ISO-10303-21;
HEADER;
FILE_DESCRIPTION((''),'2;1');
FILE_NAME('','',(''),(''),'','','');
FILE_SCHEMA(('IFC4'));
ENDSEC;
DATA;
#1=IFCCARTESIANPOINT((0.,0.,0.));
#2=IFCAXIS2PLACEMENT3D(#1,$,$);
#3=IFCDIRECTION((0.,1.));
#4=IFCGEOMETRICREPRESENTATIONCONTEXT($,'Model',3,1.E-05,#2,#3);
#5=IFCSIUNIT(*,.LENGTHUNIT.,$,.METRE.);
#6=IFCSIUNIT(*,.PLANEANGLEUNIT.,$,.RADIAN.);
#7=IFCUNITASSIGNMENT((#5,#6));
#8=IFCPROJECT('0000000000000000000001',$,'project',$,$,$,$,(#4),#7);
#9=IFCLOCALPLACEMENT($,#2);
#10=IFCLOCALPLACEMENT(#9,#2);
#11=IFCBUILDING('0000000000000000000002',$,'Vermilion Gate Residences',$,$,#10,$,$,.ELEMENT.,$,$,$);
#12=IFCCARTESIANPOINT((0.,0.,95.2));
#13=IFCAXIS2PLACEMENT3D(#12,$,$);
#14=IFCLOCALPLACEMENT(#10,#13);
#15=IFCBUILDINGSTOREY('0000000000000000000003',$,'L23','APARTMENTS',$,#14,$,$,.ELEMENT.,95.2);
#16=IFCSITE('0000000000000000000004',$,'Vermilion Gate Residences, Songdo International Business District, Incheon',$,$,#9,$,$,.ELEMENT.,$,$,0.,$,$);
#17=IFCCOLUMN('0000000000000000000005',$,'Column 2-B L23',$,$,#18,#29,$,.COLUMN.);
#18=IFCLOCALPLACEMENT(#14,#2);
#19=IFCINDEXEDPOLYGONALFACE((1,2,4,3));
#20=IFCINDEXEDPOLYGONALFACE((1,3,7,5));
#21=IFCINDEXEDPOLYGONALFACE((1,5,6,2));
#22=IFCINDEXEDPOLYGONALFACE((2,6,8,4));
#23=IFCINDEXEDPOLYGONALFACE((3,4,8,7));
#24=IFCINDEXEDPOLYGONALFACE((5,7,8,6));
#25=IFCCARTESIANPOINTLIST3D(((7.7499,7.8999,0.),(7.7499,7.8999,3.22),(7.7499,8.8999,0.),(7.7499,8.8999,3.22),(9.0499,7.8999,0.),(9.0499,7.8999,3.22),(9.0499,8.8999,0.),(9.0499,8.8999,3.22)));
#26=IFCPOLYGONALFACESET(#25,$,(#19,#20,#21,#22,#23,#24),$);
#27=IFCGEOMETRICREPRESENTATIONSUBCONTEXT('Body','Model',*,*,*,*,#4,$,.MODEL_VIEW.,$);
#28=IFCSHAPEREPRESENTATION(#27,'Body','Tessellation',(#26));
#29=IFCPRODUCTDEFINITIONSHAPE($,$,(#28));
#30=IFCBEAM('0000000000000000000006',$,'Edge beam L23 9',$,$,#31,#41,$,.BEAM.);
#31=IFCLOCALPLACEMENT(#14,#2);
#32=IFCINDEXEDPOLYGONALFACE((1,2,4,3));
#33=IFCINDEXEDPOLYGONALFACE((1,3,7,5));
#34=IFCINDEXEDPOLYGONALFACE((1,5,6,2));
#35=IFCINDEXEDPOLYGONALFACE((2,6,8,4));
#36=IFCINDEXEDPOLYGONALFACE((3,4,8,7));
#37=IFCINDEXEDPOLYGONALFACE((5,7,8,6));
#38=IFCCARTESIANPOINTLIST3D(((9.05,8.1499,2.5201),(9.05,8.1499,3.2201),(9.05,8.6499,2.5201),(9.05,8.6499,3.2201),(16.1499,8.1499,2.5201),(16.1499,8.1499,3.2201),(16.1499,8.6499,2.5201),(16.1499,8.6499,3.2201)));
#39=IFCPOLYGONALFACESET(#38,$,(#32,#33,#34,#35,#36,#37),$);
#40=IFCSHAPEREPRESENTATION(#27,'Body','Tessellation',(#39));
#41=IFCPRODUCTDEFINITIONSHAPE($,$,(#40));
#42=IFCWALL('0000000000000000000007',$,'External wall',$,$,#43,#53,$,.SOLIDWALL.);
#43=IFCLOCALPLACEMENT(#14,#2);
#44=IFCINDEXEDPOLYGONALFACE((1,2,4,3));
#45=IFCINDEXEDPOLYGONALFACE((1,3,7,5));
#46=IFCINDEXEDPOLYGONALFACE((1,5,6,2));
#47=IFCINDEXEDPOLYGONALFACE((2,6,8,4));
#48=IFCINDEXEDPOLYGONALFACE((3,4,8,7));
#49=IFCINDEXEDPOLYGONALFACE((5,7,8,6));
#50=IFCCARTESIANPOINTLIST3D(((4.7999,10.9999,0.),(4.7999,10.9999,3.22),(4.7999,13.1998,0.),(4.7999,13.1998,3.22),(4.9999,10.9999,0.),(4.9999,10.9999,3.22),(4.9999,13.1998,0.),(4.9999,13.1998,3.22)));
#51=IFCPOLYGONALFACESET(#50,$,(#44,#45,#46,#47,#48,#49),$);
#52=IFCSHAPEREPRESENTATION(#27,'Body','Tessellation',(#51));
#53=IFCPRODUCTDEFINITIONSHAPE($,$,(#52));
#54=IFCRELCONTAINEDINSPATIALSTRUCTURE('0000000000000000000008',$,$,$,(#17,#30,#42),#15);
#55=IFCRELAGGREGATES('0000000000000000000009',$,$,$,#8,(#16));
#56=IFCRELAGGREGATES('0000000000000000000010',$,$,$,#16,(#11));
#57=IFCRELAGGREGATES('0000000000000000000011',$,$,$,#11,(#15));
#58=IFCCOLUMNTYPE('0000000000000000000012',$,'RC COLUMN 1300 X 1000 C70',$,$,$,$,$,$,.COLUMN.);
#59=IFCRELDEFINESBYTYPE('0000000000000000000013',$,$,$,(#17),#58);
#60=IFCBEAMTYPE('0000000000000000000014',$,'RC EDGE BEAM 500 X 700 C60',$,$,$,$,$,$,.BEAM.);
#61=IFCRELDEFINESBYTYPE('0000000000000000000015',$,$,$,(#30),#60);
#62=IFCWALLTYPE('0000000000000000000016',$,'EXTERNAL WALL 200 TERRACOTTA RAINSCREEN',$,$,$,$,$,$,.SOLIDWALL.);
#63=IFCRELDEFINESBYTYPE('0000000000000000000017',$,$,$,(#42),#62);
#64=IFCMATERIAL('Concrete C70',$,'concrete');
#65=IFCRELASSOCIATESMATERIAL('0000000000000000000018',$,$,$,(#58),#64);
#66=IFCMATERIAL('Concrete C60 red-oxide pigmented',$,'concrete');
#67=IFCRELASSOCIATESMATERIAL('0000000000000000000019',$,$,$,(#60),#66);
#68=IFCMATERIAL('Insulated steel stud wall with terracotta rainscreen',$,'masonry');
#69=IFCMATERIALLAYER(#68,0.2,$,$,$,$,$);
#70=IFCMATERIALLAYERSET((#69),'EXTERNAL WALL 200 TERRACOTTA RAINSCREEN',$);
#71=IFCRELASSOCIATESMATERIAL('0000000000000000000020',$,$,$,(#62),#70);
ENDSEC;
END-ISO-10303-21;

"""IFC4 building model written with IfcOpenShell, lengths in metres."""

from ifc_helpers import new_model, si_unit, direction, frame, frame_2d, origin, origin_2d, place, context, subcontext, project, spatial, rectangle, extrude, material, layer, layer_set, material_profile, profile_set, type_object, element, save


model = new_model("IFC4")

# Units and contexts
model_context = context("Model", 3, precision=1e-05, world=origin(), true_north=direction((0.0, 1.0)))
body_context = subcontext(model_context, "Body", "Model", "MODEL_VIEW")
ifc_project = project(units=[si_unit("LENGTHUNIT", "METRE"), si_unit("PLANEANGLEUNIT", "RADIAN")], contexts=[model_context])

# Site, building, storey
site_placement = place(None, origin())
site = spatial("IfcSite", under=ifc_project, at=site_placement, Name="Vermilion Gate Residences, Songdo International Business District, Incheon", CompositionType="ELEMENT", RefElevation=0.0)
building_placement = place(site_placement, origin())
building = spatial("IfcBuilding", under=site, at=building_placement, Name="Vermilion Gate Residences", CompositionType="ELEMENT")
storey_placement = place(building_placement, frame((0.0, 0.0, 95.2)))
storey = spatial("IfcBuildingStorey", under=building, at=storey_placement, Name="L23", Description="APARTMENTS", CompositionType="ELEMENT", Elevation=95.2)

# Column
ifc_material_1 = material(Name="Concrete C70", Category="concrete")
ifc_material_profile_1 = material_profile(ifc_material_1, rectangle(XDim=1.3, YDim=1.0, at=origin_2d()), Name="RC-1300x1000")
ifc_profile_set_1 = profile_set([ifc_material_profile_1], Name="Concrete C70")
column_type = type_object("IfcColumnType", Name="RC COLUMN 1300 X 1000 C70", PredefinedType="COLUMN", material=ifc_profile_set_1)
column_placement = place(storey_placement, frame((8.3999, 8.3999, 0.0), z_axis=(0.0, 0.0, 1.0), x_axis=(1.0, 0.0, 0.0)))
element("IfcColumn", 1, at=column_placement, inside=storey, type_object=column_type, Name="Column 2-B L23", PredefinedType="COLUMN", context=body_context, shape_type="SweptSolid", body=[
    extrude(rectangle(XDim=1.3, YDim=1.0, at=origin_2d()), origin(), (0.0, 0.0, 1.0), 3.22),
])

# Beam
ifc_material_2 = material(Name="Concrete C60 red-oxide pigmented", Category="concrete")
ifc_material_profile_2 = material_profile(ifc_material_2, rectangle(XDim=0.5, YDim=0.7, at=origin_2d()), Name="RC-500x700")
ifc_profile_set_2 = profile_set([ifc_material_profile_2], Name="Concrete C60 red-oxide pigmented")
beam_type = type_object("IfcBeamType", Name="RC EDGE BEAM 500 X 700 C60", PredefinedType="BEAM", material=ifc_profile_set_2)
beam_placement = place(storey_placement, frame((9.05, 8.3999, 2.8701), z_axis=(1.0, 0.0, 0.0), x_axis=(0.0, 1.0, 0.0)))
element("IfcBeam", 2, at=beam_placement, inside=storey, type_object=beam_type, Name="Edge beam L23 9", PredefinedType="BEAM", context=body_context, shape_type="SweptSolid", body=[
    extrude(rectangle(XDim=0.5, YDim=0.7, at=origin_2d()), origin(), (0.0, 0.0, 1.0), 7.0999),
])

# Wall
ifc_material_3 = material(Name="Insulated steel stud wall with terracotta rainscreen", Category="masonry")
ifc_layer_1 = layer(ifc_material_3, 0.2)
ifc_layer_set_1 = layer_set([ifc_layer_1], Name="EXTERNAL WALL 200 TERRACOTTA RAINSCREEN")
wall_type_1 = type_object("IfcWallType", Name="EXTERNAL WALL 200 TERRACOTTA RAINSCREEN", PredefinedType="SOLIDWALL", material=ifc_layer_set_1)
wall_1_placement = place(storey_placement, frame((4.8999, 13.2, 0.0), z_axis=(0.0, 0.0, 1.0), x_axis=(0.0, -1.0, 0.0)))
element("IfcWall", 3, at=wall_1_placement, inside=storey, type_object=wall_type_1, Name="External wall", PredefinedType="SOLIDWALL", context=body_context, shape_type="SweptSolid", body=[
    extrude(rectangle(XDim=2.2, YDim=0.2, at=frame_2d((1.1001, 0.0))), origin(), (0.0, 0.0, 1.0), 3.22),
])

save(model, "model.ifc")
